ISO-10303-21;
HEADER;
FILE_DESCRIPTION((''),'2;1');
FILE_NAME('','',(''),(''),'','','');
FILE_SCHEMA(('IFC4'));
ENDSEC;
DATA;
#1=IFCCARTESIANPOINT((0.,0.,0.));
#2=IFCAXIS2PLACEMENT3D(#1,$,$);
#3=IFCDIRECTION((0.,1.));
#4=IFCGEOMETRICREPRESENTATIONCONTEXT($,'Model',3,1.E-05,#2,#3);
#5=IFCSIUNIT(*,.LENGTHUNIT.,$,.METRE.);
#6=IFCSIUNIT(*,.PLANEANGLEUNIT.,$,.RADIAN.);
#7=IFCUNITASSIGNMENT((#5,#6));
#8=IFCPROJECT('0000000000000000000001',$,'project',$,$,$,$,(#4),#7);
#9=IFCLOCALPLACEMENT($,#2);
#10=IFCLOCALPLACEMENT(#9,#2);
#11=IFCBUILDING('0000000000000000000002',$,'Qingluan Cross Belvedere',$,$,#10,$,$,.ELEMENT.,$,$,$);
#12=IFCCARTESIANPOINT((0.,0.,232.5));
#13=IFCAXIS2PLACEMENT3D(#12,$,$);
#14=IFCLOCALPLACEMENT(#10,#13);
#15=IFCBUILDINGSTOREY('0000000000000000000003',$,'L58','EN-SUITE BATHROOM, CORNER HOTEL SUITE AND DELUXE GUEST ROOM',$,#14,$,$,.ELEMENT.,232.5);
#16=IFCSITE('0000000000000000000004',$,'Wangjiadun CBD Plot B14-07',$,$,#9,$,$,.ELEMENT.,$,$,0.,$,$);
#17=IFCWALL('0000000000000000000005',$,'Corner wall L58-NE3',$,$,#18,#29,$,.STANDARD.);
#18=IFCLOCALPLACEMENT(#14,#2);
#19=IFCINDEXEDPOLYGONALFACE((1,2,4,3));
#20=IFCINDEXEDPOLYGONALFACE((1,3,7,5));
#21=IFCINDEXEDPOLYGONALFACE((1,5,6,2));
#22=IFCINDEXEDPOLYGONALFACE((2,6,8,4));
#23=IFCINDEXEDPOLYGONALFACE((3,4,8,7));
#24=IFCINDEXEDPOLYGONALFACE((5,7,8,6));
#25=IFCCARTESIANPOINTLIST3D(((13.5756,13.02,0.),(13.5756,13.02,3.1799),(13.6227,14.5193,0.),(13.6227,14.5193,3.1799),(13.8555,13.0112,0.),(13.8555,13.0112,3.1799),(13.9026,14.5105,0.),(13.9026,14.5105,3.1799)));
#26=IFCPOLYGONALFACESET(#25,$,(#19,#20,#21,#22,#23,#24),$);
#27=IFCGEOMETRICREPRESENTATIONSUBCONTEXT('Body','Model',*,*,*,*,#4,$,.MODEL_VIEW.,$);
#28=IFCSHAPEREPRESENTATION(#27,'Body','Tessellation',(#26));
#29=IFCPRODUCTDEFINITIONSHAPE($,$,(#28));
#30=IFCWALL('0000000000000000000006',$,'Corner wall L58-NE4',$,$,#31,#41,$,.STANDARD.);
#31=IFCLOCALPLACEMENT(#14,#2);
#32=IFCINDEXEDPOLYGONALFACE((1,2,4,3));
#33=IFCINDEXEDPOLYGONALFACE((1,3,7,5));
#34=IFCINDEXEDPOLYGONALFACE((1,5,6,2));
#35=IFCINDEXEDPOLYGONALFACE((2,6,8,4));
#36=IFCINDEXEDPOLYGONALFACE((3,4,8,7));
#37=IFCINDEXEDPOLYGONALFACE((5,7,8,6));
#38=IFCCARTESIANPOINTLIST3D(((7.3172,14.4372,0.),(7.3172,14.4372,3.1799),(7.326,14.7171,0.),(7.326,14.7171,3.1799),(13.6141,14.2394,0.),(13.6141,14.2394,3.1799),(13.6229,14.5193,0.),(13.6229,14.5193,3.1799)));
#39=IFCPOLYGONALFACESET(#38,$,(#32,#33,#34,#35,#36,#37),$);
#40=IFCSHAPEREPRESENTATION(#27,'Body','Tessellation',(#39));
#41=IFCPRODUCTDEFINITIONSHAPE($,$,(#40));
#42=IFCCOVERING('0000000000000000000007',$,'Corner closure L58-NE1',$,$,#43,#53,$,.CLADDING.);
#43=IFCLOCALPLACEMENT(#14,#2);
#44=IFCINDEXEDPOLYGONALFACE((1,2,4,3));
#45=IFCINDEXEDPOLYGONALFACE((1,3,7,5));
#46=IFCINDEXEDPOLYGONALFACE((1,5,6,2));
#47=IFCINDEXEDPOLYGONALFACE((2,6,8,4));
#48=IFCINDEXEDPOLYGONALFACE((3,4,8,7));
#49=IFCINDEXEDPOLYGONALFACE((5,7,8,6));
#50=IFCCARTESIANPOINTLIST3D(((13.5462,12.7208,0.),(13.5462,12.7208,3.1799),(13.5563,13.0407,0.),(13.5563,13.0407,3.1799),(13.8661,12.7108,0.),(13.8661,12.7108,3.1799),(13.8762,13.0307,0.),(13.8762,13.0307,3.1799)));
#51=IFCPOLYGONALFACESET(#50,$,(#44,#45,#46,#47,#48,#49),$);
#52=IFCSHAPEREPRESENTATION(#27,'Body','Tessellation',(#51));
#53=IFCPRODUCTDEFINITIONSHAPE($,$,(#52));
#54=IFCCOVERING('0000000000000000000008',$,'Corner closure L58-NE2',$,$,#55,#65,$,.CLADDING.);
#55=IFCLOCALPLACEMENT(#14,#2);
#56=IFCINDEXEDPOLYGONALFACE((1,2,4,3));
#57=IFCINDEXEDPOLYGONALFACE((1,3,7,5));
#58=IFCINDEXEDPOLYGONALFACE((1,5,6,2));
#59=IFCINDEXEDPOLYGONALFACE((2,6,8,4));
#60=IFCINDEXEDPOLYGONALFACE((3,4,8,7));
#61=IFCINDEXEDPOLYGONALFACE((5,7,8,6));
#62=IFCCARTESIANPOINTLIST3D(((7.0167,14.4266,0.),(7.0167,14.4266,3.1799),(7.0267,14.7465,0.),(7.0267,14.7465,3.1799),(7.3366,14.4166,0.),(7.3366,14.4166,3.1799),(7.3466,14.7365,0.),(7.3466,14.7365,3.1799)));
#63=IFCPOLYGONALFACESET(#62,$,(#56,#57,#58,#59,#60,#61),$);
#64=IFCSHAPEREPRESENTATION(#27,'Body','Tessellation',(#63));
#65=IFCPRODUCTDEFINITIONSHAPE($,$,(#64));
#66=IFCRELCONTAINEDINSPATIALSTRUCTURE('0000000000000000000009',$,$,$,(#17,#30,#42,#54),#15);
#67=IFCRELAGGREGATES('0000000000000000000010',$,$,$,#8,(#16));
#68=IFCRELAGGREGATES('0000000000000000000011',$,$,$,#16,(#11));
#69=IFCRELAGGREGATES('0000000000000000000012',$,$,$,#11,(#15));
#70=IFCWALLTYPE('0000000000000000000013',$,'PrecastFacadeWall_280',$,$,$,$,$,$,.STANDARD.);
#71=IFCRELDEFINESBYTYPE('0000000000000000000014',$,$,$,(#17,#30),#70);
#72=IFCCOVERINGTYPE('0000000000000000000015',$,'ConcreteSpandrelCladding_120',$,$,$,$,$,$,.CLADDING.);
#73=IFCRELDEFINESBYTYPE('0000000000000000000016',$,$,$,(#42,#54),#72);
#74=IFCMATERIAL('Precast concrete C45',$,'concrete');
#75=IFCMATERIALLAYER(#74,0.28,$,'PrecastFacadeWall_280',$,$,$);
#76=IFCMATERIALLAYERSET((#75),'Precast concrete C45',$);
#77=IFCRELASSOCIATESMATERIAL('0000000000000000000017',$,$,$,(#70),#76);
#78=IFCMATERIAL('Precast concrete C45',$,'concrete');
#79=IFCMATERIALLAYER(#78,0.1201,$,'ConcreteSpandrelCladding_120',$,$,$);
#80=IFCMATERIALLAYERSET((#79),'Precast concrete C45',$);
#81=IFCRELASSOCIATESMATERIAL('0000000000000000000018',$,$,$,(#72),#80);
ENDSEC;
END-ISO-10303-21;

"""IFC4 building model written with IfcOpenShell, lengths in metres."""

from ifc_helpers import new_model, si_unit, direction, frame, frame_2d, origin, origin_2d, place, context, subcontext, project, spatial, rectangle, extrude, material, layer, layer_set, type_object, element, save


model = new_model("IFC4")

# Units and contexts
model_context = context("Model", 3, precision=1e-05, world=origin(), true_north=direction((0.0, 1.0)))
body_context = subcontext(model_context, "Body", "Model", "MODEL_VIEW")
ifc_project = project(units=[si_unit("LENGTHUNIT", "METRE"), si_unit("PLANEANGLEUNIT", "RADIAN")], contexts=[model_context])

# Site, building, storey
site_placement = place(None, origin())
site = spatial("IfcSite", under=ifc_project, at=site_placement, Name="Wangjiadun CBD Plot B14-07", CompositionType="ELEMENT", RefElevation=0.0)
building_placement = place(site_placement, origin())
building = spatial("IfcBuilding", under=site, at=building_placement, Name="Qingluan Cross Belvedere", CompositionType="ELEMENT")
storey_placement = place(building_placement, frame((0.0, 0.0, 232.5)))
storey = spatial("IfcBuildingStorey", under=building, at=storey_placement, Name="L58", Description="EN-SUITE BATHROOM, CORNER HOTEL SUITE AND DELUXE GUEST ROOM", CompositionType="ELEMENT", Elevation=232.5)

# Shared definitions
ifc_material_1 = material(Name="Precast concrete C45", Category="concrete")
ifc_layer_1 = layer(ifc_material_1, 0.28, Name="PrecastFacadeWall_280")
ifc_layer_set_1 = layer_set([ifc_layer_1], Name="Precast concrete C45")
wall_type_1 = type_object("IfcWallType", Name="PrecastFacadeWall_280", PredefinedType="STANDARD", material=ifc_layer_set_1)

# Walls
wall_1_placement = place(storey_placement, frame((13.7156, 13.0156, 0.0), z_axis=(0.0, 0.0, 1.0), x_axis=(0.031413, 0.999507, 0.0)))
element("IfcWall", 1, at=wall_1_placement, inside=storey, type_object=wall_type_1, Name="Corner wall L58-NE3", PredefinedType="STANDARD", context=body_context, shape_type="SweptSolid", body=[
    extrude(rectangle(XDim=1.5, YDim=0.28, at=frame_2d((0.75, 0.0))), origin(), (0.0, 0.0, 1.0), 3.1799),
])
wall_2_placement = place(storey_placement, frame((13.6184, 14.3794, 0.0), z_axis=(0.0, 0.0, 1.0), x_axis=(-0.999507, 0.03139, 0.0)))
element("IfcWall", 2, at=wall_2_placement, inside=storey, type_object=wall_type_1, Name="Corner wall L58-NE4", PredefinedType="STANDARD", context=body_context, shape_type="SweptSolid", body=[
    extrude(rectangle(XDim=6.3, YDim=0.28, at=frame_2d((3.1499, 0.0))), origin(), (0.0, 0.0, 1.0), 3.1799),
])

# Coverings
ifc_material_2 = material(Name="Precast concrete C45", Category="concrete")
ifc_layer_2 = layer(ifc_material_2, 0.1201, Name="ConcreteSpandrelCladding_120")
ifc_layer_set_2 = layer_set([ifc_layer_2], Name="Precast concrete C45")
covering_type = type_object("IfcCoveringType", Name="ConcreteSpandrelCladding_120", PredefinedType="CLADDING", material=ifc_layer_set_2)
for number, where, z_axis, x_axis, name in (
    (3, (13.7112, 12.8757, 0.0), (0.0, 0.0, 1.0), (0.999507, -0.031411, 0.0), "Corner closure L58-NE1"),
    (4, (7.1816, 14.5815, 0.0), (0.0, 0.0, 1.0), (0.999507, -0.031411, 0.0), "Corner closure L58-NE2"),
):
    element("IfcCovering", number, at=place(storey_placement, frame(where, z_axis=z_axis, x_axis=x_axis)), inside=storey, type_object=covering_type, Name=name, PredefinedType="CLADDING", context=body_context, shape_type="SweptSolid", body=[
        extrude(rectangle(XDim=0.3201, YDim=0.3201, at=origin_2d()), origin(), (0.0, 0.0, 1.0), 3.1799),
    ])

save(model, "model.ifc")
